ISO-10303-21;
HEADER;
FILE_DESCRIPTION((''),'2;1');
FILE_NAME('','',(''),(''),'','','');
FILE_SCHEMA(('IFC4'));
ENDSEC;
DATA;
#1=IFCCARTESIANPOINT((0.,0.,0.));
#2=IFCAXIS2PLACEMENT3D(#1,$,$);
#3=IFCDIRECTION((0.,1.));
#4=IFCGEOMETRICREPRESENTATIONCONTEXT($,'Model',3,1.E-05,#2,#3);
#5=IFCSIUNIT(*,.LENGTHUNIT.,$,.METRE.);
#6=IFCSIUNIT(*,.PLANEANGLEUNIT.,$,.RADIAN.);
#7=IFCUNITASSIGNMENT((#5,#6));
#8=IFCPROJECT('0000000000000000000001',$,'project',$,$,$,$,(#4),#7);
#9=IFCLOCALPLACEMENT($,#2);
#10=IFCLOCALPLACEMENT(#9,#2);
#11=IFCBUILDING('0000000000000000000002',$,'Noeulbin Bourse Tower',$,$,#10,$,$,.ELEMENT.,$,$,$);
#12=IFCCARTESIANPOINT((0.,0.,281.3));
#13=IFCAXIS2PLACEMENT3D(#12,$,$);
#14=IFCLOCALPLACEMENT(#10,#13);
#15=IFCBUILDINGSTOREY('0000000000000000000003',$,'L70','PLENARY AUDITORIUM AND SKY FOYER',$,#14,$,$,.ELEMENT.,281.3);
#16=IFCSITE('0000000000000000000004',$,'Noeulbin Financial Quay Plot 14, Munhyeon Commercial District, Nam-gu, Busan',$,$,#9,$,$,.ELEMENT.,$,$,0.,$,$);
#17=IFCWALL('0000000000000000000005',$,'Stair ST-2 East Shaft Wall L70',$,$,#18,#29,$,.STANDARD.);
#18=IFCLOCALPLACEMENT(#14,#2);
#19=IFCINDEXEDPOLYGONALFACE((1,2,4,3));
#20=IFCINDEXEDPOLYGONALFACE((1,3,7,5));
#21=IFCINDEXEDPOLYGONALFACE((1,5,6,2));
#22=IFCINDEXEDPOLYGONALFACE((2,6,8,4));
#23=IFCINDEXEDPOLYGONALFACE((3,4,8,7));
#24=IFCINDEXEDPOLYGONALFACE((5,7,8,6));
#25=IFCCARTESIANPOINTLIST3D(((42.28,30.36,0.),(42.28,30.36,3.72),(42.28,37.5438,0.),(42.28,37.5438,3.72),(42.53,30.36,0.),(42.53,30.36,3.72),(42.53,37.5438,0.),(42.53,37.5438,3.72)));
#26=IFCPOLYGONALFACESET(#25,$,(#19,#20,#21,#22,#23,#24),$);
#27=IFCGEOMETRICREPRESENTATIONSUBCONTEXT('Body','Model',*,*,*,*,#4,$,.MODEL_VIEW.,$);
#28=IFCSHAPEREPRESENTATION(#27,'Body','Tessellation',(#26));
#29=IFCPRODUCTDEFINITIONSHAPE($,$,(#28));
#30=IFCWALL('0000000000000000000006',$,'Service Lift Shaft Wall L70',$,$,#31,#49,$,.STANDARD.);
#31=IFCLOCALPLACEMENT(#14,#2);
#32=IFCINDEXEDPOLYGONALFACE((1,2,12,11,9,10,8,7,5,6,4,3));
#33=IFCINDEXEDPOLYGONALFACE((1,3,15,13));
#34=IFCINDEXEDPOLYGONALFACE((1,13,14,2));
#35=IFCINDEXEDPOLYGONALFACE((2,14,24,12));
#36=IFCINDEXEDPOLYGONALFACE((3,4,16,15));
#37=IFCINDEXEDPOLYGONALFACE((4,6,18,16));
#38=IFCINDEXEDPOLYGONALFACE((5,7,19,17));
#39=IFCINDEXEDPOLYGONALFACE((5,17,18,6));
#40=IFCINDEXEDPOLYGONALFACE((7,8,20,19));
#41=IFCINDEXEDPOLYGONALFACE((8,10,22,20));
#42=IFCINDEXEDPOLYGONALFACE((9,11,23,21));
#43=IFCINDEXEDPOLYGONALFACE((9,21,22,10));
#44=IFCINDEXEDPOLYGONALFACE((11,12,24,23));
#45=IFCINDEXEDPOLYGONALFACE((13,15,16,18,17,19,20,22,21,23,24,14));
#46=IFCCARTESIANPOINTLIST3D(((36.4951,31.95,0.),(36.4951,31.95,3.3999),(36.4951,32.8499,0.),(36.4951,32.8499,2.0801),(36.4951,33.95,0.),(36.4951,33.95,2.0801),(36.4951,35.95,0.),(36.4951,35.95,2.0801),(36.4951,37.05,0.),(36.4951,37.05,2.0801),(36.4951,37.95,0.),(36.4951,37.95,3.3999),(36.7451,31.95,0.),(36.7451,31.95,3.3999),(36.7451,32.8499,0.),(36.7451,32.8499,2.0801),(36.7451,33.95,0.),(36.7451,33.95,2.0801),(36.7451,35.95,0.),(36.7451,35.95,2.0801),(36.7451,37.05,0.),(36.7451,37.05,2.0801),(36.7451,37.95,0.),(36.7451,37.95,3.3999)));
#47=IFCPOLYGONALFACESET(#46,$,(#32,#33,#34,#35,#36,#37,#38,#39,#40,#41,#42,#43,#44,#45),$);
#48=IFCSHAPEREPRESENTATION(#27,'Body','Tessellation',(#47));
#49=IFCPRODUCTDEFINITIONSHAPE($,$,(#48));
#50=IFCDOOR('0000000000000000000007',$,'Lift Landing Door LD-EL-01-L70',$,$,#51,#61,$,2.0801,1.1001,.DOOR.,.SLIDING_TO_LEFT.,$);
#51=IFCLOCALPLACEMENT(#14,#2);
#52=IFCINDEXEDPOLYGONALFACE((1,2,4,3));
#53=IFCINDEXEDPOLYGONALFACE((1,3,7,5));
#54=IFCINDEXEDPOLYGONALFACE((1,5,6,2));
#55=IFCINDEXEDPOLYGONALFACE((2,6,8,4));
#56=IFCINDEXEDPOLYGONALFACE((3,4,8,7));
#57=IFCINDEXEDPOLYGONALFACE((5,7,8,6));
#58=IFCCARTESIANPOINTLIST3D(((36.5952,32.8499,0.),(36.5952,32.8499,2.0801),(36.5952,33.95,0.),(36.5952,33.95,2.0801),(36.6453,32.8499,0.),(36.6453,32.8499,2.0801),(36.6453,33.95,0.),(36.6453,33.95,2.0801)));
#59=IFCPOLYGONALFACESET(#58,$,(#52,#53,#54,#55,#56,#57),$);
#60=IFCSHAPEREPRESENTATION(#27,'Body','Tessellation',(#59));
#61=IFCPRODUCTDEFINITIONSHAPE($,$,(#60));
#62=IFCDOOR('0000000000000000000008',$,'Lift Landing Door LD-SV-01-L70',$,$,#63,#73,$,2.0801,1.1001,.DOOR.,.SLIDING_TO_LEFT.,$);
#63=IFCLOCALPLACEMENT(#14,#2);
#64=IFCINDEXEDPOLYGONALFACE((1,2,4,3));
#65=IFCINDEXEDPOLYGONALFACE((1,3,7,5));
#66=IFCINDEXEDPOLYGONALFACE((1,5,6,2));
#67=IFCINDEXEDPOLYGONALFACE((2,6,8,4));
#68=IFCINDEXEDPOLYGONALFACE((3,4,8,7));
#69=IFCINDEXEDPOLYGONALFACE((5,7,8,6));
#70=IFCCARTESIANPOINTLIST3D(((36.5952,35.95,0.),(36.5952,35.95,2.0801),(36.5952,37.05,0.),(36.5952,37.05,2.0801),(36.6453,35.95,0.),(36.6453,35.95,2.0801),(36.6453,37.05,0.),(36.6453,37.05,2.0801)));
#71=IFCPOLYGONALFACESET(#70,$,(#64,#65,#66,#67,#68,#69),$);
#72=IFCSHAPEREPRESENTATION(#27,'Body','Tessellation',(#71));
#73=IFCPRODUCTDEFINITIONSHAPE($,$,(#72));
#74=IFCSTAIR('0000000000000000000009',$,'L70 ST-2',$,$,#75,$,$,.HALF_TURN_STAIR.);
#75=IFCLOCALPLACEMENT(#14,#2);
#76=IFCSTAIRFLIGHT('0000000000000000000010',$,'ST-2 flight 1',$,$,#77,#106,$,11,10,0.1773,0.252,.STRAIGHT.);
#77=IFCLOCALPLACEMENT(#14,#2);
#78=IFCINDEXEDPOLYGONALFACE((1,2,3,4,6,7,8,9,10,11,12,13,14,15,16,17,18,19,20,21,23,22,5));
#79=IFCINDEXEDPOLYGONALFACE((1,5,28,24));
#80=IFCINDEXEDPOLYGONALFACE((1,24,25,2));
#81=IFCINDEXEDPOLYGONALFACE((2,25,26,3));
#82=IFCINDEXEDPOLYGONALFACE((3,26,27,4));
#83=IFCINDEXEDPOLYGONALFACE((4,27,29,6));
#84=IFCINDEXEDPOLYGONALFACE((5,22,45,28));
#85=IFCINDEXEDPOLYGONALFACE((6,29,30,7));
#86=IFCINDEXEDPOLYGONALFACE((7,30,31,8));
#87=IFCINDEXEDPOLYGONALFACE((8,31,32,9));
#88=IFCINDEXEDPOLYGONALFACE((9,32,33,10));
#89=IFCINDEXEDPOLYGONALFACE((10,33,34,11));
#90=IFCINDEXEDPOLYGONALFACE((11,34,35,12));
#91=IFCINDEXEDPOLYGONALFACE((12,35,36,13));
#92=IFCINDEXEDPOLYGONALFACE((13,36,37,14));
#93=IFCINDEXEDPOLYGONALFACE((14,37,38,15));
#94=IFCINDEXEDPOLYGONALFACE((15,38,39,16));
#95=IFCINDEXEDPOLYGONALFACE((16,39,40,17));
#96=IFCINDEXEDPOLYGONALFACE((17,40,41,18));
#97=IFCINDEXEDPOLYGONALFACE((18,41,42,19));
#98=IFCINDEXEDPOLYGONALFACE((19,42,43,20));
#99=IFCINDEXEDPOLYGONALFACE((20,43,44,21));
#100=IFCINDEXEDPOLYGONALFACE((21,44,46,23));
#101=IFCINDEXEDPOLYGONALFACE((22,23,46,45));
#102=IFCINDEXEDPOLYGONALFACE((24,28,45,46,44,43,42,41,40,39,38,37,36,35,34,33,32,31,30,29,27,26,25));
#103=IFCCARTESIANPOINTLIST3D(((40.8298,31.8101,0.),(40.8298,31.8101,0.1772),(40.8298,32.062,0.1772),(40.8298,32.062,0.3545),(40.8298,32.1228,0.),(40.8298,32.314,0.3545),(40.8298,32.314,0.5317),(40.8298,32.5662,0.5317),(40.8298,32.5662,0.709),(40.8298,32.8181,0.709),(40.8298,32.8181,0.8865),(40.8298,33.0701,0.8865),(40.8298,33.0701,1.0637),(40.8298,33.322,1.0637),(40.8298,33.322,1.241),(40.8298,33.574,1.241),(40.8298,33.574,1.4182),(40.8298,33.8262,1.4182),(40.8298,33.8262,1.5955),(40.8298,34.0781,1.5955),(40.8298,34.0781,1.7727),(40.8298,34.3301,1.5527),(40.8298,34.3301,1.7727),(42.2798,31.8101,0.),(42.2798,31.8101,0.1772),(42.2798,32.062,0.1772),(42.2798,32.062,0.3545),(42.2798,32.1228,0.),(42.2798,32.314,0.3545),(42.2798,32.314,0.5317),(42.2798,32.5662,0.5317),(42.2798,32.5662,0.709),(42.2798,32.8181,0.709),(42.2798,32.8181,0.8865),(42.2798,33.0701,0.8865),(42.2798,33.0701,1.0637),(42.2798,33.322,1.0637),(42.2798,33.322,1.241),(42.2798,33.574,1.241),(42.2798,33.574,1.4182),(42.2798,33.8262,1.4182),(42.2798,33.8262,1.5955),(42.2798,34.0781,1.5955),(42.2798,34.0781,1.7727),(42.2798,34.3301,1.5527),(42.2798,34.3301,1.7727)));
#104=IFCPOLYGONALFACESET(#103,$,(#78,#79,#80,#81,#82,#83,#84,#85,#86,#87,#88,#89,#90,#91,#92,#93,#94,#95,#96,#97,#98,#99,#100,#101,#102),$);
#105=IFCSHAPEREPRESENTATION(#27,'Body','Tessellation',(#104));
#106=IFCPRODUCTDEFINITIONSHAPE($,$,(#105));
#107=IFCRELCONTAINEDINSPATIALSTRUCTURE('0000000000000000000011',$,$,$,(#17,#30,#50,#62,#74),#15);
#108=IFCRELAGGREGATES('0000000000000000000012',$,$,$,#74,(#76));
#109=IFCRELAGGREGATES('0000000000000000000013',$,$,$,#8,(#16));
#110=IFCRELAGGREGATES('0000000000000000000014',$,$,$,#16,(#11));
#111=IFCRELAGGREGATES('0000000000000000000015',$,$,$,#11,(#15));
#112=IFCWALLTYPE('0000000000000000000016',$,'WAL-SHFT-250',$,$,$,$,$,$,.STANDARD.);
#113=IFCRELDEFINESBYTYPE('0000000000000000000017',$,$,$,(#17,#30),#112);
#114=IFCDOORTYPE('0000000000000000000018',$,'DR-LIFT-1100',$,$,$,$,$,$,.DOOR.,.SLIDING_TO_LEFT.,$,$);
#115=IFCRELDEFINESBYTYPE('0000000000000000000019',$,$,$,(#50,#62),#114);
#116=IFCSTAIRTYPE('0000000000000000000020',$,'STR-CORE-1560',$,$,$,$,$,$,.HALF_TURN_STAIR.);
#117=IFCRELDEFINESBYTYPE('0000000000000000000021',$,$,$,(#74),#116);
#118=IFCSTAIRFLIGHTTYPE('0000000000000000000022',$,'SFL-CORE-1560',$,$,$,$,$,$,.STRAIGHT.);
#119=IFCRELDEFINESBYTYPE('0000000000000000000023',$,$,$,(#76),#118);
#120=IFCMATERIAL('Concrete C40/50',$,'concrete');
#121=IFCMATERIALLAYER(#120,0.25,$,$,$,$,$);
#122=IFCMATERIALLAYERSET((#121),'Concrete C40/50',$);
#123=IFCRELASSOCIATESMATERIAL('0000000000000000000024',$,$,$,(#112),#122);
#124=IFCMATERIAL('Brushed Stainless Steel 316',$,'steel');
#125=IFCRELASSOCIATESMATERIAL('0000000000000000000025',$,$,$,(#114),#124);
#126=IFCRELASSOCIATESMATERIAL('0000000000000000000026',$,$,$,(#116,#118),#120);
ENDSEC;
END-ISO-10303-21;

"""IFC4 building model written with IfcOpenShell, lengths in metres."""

from ifc_helpers import new_model, si_unit, direction, frame, frame_2d, origin, place, context, subcontext, project, spatial, polyline, rectangle, outline, extrude, material, layer, layer_set, type_object, element, fill, aggregate, save


model = new_model("IFC4")

# Units and contexts
model_context = context("Model", 3, precision=1e-05, world=origin(), true_north=direction((0.0, 1.0)))
body_context = subcontext(model_context, "Body", "Model", "MODEL_VIEW")
ifc_project = project(units=[si_unit("LENGTHUNIT", "METRE"), si_unit("PLANEANGLEUNIT", "RADIAN")], contexts=[model_context])

# Site, building, storey
site_placement = place(None, origin())
site = spatial("IfcSite", under=ifc_project, at=site_placement, Name="Noeulbin Financial Quay Plot 14, Munhyeon Commercial District, Nam-gu, Busan", CompositionType="ELEMENT", RefElevation=0.0)
building_placement = place(site_placement, origin())
building = spatial("IfcBuilding", under=site, at=building_placement, Name="Noeulbin Bourse Tower", CompositionType="ELEMENT")
storey_placement = place(building_placement, frame((0.0, 0.0, 281.3)))
storey = spatial("IfcBuildingStorey", under=building, at=storey_placement, Name="L70", Description="PLENARY AUDITORIUM AND SKY FOYER", CompositionType="ELEMENT", Elevation=281.3)

# Shared definitions
ifc_material_1 = material(Name="Concrete C40/50", Category="concrete")

# Shared definitions
ifc_layer_1 = layer(ifc_material_1, 0.25)
ifc_layer_set_1 = layer_set([ifc_layer_1], Name="Concrete C40/50")
wall_type_1 = type_object("IfcWallType", Name="WAL-SHFT-250", PredefinedType="STANDARD", material=ifc_layer_set_1)

# Wall
for number, where, z_axis, x_axis, name in (
    (1, (42.405, 30.3601, 0.0), (0.0, 0.0, 1.0), (0.0, 1.0, 0.0), "Stair ST-2 East Shaft Wall L70"),
):
    element("IfcWall", number, at=place(storey_placement, frame(where, z_axis=z_axis, x_axis=x_axis)), inside=storey, type_object=wall_type_1, Name=name, PredefinedType="STANDARD", context=body_context, shape_type="SweptSolid", body=[
        extrude(rectangle(XDim=7.1838, YDim=0.25, at=frame_2d((3.5918, 0.0))), origin(), (0.0, 0.0, 1.0), 3.72),
    ])

# Wall, openings, doors
wall_1_placement = place(storey_placement, frame((36.6201, 31.95, 0.0), z_axis=(0.0, 0.0, 1.0), x_axis=(0.0, 1.0, 0.0)))
wall_1 = element("IfcWall", 2, at=wall_1_placement, inside=storey, type_object=wall_type_1, Name="Service Lift Shaft Wall L70", PredefinedType="STANDARD", context=body_context, shape_type="SweptSolid", body=[
    extrude(rectangle(XDim=6.0, YDim=0.25, at=frame_2d((3.0, 0.0))), origin(), (0.0, 0.0, 1.0), 3.3999),
])
opening_1_placement = place(wall_1_placement, frame((0.8999, 0.0, 0.0)))
opening_1 = element("IfcOpeningElement", 3, at=opening_1_placement, cuts=wall_1, PredefinedType="OPENING", context=body_context, shape_type="SweptSolid", body=[
    extrude(rectangle(XDim=1.1001, YDim=2.0801, at=frame_2d((0.55, 1.04))), frame((0.0, 0.135, 0.0), z_axis=(0.0, -1.0, 0.0), x_axis=(1.0, 0.0, 0.0)), (0.0, 0.0, 1.0), 0.27),
])
opening_2_placement = place(wall_1_placement, frame((4.0, 0.0, 0.0)))
opening_2 = element("IfcOpeningElement", 4, at=opening_2_placement, cuts=wall_1, PredefinedType="OPENING", context=body_context, shape_type="SweptSolid", body=[
    extrude(rectangle(XDim=1.1001, YDim=2.0801, at=frame_2d((0.55, 1.04))), frame((0.0, 0.135, 0.0), z_axis=(0.0, -1.0, 0.0), x_axis=(1.0, 0.0, 0.0)), (0.0, 0.0, 1.0), 0.27),
])
ifc_material_2 = material(Name="Brushed Stainless Steel 316", Category="steel")
door_type_1 = type_object("IfcDoorType", Name="DR-LIFT-1100", OperationType="SLIDING_TO_LEFT", PredefinedType="DOOR", material=ifc_material_2)
door_1_placement = place(opening_1_placement, origin())
door_1 = element("IfcDoor", 5, at=door_1_placement, inside=storey, type_object=door_type_1, Name="Lift Landing Door LD-EL-01-L70", OperationType="SLIDING_TO_LEFT", OverallHeight=2.0801, OverallWidth=1.1001, PredefinedType="DOOR", context=body_context, shape_type="SweptSolid", body=[
    extrude(rectangle(XDim=1.1001, YDim=2.0801, at=frame_2d((0.55, 1.04))), frame((0.0, 0.0249, 0.0), z_axis=(0.0, -1.0, 0.0), x_axis=(1.0, 0.0, 0.0)), (0.0, 0.0, 1.0), 0.05),
])
fill(opening_1, door_1)
door_2_placement = place(opening_2_placement, origin())
door_2 = element("IfcDoor", 6, at=door_2_placement, inside=storey, type_object=door_type_1, Name="Lift Landing Door LD-SV-01-L70", OperationType="SLIDING_TO_LEFT", OverallHeight=2.0801, OverallWidth=1.1001, PredefinedType="DOOR", context=body_context, shape_type="SweptSolid", body=[
    extrude(rectangle(XDim=1.1001, YDim=2.0801, at=frame_2d((0.55, 1.04))), frame((0.0, 0.0249, 0.0), z_axis=(0.0, -1.0, 0.0), x_axis=(1.0, 0.0, 0.0)), (0.0, 0.0, 1.0), 0.05),
])
fill(opening_2, door_2)

# Stair, stair flight
stair_type = type_object("IfcStairType", Name="STR-CORE-1560", PredefinedType="HALF_TURN_STAIR", material=ifc_material_1)
stair_placement = place(storey_placement, origin())
stair = element("IfcStair", 7, at=stair_placement, inside=storey, type_object=stair_type, Name="L70 ST-2", PredefinedType="HALF_TURN_STAIR")
stair_flight_type = type_object("IfcStairFlightType", Name="SFL-CORE-1560", PredefinedType="STRAIGHT", material=ifc_material_1)
stair_flight_placement = place(storey_placement, frame((41.5549, 31.8101, 0.0), z_axis=(0.0, 0.0, 1.0), x_axis=(0.0, 1.0, 0.0)))
stair_flight = element("IfcStairFlight", 8, at=stair_flight_placement, type_object=stair_flight_type, Name="ST-2 flight 1", NumberOfRisers=11, NumberOfTreads=10, PredefinedType="STRAIGHT", RiserHeight=0.1773, TreadLength=0.252, context=body_context, shape_type="SweptSolid", body=[
    extrude(outline(polyline([(0.0, 0.0), (0.0, 0.1772), (0.252, 0.1772), (0.252, 0.3545), (0.5039, 0.3545), (0.5039, 0.5317), (0.7561, 0.5317), (0.7561, 0.709), (1.0081, 0.709), (1.0081, 0.8865), (1.26, 0.8865), (1.26, 1.0637), (1.512, 1.0637), (1.512, 1.241), (1.7639, 1.241), (1.7639, 1.4182), (2.0161, 1.4182), (2.0161, 1.5955), (2.2681, 1.5955), (2.2681, 1.7727), (2.52, 1.7727), (2.52, 1.95), (2.52, 1.5527), (0.3127, 0.0), (0.0, 0.0)])), frame((0.0, 0.7251, 0.0), z_axis=(0.0, -1.0, 0.0), x_axis=(1.0, 0.0, 0.0)), (0.0, 0.0, 1.0), 1.45),
])
aggregate(stair, [stair_flight])

save(model, "model.ifc")
